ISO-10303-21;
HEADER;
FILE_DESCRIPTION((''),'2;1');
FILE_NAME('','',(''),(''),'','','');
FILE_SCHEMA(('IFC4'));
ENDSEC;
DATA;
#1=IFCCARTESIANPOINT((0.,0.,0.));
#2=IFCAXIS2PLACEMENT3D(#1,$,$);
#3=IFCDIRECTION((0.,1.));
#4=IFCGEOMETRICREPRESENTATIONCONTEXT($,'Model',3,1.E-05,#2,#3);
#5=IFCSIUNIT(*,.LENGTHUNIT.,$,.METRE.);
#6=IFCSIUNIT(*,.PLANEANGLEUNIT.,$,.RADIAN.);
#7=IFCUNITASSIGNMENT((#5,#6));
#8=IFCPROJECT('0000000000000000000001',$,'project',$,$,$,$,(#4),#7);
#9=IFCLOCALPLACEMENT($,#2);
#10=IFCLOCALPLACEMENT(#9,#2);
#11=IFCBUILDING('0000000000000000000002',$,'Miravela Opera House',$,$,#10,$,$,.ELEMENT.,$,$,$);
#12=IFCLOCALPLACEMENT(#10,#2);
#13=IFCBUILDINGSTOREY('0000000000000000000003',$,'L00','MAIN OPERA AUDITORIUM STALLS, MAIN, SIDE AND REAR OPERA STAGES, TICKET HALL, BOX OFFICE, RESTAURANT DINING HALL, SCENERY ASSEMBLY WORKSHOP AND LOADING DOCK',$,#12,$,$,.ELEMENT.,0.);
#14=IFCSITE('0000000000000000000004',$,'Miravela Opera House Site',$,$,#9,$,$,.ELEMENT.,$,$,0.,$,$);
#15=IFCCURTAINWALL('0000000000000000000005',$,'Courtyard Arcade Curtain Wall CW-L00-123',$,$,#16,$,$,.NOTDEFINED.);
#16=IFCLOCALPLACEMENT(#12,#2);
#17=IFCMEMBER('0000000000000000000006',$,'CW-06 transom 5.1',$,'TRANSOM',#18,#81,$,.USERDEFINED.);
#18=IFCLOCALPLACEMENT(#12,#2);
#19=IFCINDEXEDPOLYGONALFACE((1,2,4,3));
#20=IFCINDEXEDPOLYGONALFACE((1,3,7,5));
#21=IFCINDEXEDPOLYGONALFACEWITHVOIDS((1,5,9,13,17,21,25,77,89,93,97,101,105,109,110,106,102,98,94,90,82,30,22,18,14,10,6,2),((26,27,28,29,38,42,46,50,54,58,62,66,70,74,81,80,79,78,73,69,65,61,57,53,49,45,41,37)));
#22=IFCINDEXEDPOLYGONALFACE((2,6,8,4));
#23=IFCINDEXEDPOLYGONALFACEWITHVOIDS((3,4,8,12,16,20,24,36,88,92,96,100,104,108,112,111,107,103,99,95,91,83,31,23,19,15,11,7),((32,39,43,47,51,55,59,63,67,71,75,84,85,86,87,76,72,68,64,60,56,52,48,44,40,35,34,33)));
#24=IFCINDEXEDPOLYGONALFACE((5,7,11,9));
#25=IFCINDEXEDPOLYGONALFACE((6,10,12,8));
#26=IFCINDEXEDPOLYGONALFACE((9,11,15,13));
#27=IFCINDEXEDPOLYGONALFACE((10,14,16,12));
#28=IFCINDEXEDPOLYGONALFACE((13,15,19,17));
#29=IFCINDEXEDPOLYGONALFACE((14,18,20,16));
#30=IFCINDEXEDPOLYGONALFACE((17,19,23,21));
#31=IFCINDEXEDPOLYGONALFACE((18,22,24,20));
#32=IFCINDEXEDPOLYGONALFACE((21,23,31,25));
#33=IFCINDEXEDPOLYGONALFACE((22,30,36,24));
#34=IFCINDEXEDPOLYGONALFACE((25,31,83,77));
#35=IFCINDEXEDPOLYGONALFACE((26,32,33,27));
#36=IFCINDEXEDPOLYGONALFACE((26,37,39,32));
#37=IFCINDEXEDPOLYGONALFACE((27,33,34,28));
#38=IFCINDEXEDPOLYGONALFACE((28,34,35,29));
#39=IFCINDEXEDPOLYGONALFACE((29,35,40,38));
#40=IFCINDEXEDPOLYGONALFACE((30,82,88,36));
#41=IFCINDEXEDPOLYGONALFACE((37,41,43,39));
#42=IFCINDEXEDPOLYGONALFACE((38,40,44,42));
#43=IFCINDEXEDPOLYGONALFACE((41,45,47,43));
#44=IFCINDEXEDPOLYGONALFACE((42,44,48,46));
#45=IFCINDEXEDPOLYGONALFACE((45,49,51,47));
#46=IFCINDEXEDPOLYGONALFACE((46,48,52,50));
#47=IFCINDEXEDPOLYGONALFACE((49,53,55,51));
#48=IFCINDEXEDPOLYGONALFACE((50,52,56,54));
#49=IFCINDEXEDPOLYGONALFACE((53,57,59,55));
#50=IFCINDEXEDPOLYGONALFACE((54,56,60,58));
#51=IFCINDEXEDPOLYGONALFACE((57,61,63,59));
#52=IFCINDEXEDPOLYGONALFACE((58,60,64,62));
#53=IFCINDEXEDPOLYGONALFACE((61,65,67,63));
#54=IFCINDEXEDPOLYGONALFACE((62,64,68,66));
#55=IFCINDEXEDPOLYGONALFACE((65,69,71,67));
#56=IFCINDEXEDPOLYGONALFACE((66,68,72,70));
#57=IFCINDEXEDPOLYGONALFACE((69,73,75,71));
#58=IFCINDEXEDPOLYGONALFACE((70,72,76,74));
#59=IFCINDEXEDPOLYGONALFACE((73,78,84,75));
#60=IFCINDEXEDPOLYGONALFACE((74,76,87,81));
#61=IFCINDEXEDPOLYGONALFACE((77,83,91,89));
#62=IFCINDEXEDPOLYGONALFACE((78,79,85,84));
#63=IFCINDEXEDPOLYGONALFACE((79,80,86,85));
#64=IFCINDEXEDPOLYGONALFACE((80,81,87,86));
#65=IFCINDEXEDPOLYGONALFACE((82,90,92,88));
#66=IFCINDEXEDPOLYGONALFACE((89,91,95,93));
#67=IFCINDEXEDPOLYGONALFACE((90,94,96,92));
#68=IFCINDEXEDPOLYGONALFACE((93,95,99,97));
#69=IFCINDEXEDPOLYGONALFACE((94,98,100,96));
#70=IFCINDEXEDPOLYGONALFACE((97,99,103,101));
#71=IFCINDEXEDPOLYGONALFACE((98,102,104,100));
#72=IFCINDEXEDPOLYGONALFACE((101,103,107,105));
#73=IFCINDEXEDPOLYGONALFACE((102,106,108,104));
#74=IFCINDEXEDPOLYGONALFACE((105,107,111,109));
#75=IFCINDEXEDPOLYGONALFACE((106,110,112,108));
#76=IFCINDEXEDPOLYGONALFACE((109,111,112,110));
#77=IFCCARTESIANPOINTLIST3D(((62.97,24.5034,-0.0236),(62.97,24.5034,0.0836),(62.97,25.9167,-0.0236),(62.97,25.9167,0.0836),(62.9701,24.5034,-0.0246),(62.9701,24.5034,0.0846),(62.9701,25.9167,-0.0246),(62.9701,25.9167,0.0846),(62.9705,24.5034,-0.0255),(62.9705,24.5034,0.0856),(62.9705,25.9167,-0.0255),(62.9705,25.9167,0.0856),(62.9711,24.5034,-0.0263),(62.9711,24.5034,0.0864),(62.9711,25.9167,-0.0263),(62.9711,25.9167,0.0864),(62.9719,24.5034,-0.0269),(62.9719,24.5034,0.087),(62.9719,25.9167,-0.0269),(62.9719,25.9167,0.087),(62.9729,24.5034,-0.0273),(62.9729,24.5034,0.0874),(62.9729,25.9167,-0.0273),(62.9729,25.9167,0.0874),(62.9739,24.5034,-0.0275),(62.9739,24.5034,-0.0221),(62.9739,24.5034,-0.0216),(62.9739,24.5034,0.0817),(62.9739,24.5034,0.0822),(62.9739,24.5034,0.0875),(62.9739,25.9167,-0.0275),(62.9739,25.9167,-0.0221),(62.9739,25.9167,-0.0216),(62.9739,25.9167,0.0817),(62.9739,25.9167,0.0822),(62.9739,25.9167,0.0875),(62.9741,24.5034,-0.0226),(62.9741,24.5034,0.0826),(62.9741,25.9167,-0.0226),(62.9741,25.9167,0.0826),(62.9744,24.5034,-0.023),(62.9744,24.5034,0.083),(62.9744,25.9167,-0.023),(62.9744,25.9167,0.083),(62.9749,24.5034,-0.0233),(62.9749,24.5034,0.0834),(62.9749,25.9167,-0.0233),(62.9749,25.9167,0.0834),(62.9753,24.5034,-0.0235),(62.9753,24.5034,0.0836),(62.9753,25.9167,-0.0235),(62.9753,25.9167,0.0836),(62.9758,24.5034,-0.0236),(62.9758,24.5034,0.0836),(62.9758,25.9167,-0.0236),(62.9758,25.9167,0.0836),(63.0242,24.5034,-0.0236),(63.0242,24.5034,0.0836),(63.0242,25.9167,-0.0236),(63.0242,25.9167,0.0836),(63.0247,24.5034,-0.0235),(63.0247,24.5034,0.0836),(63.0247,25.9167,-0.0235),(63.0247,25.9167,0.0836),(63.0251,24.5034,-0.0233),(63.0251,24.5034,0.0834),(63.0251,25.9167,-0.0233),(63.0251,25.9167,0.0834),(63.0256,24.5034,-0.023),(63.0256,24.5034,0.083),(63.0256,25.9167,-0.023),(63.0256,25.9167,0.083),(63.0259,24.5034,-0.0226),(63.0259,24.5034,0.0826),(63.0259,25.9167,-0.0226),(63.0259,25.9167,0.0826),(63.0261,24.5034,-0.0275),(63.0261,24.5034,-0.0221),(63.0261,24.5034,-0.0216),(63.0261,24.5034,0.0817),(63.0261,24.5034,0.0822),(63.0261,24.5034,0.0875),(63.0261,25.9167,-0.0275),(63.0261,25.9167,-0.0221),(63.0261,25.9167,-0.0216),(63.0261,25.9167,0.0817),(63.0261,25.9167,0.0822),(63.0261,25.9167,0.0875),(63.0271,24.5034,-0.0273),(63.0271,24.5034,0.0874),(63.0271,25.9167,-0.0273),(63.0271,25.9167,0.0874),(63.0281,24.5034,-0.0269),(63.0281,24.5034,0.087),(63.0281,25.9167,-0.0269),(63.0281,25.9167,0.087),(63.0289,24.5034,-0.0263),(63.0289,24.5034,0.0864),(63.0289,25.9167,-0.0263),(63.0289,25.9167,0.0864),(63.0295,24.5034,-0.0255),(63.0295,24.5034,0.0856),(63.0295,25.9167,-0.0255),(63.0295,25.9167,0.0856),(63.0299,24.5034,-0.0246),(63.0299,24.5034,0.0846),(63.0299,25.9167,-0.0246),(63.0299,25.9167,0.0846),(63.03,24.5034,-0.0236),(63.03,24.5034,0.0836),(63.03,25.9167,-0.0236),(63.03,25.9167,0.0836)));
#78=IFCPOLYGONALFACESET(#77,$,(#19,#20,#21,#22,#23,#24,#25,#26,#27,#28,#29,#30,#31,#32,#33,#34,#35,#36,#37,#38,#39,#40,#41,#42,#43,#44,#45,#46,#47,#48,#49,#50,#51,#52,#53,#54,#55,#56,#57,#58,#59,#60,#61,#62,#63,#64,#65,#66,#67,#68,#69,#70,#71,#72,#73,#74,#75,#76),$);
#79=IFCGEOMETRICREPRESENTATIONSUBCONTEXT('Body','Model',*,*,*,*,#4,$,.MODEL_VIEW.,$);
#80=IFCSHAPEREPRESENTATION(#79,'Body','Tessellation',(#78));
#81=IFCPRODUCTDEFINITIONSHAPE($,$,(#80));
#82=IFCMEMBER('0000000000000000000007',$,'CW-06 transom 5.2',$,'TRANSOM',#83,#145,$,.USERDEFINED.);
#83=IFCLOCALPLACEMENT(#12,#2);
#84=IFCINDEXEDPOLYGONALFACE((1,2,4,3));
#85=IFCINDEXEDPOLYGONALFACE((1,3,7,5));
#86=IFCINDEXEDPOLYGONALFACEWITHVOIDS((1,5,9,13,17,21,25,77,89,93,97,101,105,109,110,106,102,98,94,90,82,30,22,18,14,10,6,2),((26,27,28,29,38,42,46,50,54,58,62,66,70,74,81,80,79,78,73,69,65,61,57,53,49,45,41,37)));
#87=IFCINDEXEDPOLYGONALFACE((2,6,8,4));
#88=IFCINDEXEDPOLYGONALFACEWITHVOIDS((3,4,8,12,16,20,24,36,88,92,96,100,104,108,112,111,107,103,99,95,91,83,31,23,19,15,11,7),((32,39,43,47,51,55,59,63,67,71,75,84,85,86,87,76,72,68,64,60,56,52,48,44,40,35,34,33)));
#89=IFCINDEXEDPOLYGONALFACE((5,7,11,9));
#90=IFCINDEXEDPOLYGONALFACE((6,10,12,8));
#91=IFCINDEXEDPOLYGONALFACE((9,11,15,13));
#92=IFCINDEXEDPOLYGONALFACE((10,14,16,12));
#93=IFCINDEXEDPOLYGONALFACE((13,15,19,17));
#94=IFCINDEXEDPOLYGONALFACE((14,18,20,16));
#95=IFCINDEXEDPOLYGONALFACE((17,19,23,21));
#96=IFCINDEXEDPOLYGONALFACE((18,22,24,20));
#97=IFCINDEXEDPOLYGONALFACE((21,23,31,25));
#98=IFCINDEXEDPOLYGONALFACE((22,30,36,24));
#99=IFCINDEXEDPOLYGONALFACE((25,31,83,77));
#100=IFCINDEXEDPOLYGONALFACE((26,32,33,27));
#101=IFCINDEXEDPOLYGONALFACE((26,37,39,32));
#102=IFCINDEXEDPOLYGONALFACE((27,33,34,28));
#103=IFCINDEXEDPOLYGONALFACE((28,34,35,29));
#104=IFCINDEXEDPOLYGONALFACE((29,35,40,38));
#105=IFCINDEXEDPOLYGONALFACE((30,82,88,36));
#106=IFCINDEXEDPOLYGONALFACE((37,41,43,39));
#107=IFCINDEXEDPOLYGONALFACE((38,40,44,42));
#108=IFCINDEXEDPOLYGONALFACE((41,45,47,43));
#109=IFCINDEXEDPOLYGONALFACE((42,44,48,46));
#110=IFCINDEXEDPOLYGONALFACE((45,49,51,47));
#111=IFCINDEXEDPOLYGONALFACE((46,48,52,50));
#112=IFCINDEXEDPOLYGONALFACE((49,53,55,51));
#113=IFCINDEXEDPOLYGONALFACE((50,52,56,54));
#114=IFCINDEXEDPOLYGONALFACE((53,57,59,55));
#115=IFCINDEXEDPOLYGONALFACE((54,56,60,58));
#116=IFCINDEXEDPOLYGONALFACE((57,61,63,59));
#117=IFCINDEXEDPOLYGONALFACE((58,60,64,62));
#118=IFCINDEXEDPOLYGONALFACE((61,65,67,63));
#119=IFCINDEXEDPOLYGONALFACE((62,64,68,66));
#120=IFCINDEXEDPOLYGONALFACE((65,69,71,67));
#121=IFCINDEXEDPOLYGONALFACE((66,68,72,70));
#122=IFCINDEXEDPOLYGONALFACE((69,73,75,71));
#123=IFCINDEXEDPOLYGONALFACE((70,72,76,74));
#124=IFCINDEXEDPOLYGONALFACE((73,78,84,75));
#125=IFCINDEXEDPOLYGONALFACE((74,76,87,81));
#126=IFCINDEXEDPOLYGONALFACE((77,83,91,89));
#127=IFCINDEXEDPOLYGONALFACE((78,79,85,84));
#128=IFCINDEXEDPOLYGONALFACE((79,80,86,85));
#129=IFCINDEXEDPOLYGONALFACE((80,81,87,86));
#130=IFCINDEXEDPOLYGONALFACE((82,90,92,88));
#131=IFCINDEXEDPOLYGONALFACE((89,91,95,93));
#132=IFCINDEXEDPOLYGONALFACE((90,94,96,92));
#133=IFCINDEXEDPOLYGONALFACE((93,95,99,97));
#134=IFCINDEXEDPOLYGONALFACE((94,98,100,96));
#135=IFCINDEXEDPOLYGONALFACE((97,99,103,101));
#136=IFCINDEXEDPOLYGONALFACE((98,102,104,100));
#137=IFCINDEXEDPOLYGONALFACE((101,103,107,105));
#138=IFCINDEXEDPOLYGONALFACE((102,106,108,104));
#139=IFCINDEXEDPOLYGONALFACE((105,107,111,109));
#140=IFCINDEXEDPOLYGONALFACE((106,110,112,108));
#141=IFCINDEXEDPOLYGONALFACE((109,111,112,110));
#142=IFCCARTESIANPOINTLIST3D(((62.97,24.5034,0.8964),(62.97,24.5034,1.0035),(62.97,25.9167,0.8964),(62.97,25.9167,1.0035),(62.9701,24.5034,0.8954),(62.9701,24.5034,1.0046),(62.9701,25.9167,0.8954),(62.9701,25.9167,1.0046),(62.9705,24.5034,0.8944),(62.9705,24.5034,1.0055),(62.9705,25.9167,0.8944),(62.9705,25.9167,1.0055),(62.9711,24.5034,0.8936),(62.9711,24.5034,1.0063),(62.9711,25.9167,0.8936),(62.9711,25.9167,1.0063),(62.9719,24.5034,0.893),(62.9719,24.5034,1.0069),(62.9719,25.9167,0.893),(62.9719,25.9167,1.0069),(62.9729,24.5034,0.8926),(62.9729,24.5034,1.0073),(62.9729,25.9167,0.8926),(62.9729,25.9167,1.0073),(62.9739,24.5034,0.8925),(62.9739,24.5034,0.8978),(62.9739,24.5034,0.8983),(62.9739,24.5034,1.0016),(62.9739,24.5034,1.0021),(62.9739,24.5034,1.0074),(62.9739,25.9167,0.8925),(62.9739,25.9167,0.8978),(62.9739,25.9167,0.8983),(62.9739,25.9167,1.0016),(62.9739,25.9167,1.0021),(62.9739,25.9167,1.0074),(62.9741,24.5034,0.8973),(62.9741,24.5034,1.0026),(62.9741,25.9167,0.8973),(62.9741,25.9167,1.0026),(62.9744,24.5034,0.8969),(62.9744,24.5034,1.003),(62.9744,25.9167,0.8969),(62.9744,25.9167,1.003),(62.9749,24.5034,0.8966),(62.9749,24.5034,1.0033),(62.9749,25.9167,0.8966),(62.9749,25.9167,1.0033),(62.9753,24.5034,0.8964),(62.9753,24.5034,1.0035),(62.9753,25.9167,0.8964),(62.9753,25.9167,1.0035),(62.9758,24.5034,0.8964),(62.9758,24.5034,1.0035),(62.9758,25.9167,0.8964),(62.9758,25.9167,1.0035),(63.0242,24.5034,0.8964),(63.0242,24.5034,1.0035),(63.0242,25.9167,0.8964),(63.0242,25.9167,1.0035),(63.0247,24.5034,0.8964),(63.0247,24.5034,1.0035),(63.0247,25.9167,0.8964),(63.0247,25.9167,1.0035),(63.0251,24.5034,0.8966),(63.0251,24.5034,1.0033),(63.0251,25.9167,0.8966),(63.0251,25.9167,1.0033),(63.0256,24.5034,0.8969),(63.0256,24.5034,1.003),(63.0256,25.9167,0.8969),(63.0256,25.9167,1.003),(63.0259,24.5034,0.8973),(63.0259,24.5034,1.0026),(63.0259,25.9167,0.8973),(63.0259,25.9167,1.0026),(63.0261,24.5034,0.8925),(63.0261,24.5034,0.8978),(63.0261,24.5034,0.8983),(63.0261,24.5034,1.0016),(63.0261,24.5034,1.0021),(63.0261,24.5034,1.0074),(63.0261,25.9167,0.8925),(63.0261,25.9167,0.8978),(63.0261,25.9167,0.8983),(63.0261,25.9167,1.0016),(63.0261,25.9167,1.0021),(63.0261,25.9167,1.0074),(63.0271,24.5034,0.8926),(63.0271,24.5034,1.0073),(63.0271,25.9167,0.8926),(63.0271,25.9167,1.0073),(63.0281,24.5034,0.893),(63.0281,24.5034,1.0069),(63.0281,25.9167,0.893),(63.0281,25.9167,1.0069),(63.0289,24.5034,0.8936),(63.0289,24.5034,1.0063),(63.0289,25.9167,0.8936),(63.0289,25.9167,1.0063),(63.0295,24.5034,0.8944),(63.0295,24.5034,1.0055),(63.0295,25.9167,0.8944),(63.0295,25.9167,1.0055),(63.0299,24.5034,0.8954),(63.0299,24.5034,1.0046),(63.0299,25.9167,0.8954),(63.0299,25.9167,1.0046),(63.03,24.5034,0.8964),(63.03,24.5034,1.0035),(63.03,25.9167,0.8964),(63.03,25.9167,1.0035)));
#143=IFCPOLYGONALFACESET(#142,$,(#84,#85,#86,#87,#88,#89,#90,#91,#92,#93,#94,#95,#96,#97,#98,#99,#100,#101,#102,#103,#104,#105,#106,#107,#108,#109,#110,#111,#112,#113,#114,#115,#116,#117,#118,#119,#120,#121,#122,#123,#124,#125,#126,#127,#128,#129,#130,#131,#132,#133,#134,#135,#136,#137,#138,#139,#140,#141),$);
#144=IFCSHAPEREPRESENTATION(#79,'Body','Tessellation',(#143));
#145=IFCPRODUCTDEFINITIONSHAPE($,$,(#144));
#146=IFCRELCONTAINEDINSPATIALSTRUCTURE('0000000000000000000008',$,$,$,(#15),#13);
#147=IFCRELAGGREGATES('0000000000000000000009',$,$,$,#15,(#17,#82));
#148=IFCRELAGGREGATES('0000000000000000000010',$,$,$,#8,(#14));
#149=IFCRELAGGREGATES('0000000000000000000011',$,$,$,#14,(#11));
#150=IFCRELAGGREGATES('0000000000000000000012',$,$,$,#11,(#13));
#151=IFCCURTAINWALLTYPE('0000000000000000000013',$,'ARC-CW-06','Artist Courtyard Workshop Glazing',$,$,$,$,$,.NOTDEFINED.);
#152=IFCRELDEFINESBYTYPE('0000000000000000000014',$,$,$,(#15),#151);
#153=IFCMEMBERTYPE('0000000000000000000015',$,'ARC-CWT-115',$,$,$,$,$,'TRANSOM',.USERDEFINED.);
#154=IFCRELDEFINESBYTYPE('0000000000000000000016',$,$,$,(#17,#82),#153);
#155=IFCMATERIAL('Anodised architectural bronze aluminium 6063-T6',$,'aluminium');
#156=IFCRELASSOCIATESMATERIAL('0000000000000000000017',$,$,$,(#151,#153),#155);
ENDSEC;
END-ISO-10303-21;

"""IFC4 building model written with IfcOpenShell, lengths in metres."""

from ifc_helpers import new_model, si_unit, direction, frame, origin, origin_2d, place, context, subcontext, project, spatial, hollow_rectangle, extrude, material, material_profile, profile_set, type_object, element, aggregate, save


model = new_model("IFC4")

# Units and contexts
model_context = context("Model", 3, precision=1e-05, world=origin(), true_north=direction((0.0, 1.0)))
body_context = subcontext(model_context, "Body", "Model", "MODEL_VIEW")
ifc_project = project(units=[si_unit("LENGTHUNIT", "METRE"), si_unit("PLANEANGLEUNIT", "RADIAN")], contexts=[model_context])

# Site, building, storey
site_placement = place(None, origin())
site = spatial("IfcSite", under=ifc_project, at=site_placement, Name="Miravela Opera House Site", CompositionType="ELEMENT", RefElevation=0.0)
building_placement = place(site_placement, origin())
building = spatial("IfcBuilding", under=site, at=building_placement, Name="Miravela Opera House", CompositionType="ELEMENT")
storey_placement = place(building_placement, origin())
storey = spatial("IfcBuildingStorey", under=building, at=storey_placement, Name="L00", Description="MAIN OPERA AUDITORIUM STALLS, MAIN, SIDE AND REAR OPERA STAGES, TICKET HALL, BOX OFFICE, RESTAURANT DINING HALL, SCENERY ASSEMBLY WORKSHOP AND LOADING DOCK", CompositionType="ELEMENT", Elevation=0.0)

# Curtain wall, members
ifc_material_1 = material(Name="Anodised architectural bronze aluminium 6063-T6", Category="aluminium")
curtain_wall_type = type_object("IfcCurtainWallType", Name="ARC-CW-06", Description="Artist Courtyard Workshop Glazing", PredefinedType="NOTDEFINED", material=ifc_material_1)
curtain_wall_placement = place(storey_placement, origin())
curtain_wall = element("IfcCurtainWall", 1, at=curtain_wall_placement, inside=storey, type_object=curtain_wall_type, Name="Courtyard Arcade Curtain Wall CW-L00-123", PredefinedType="NOTDEFINED")
ifc_material_profile_1 = material_profile(ifc_material_1, hollow_rectangle(XDim=0.0601, YDim=0.115, WallThickness=0.0039, InnerFilletRadius=0.002, OuterFilletRadius=0.0039, at=origin_2d()), Name="CWT-60X115")
ifc_profile_set_1 = profile_set([ifc_material_profile_1])
member_type_1 = type_object("IfcMemberType", Name="ARC-CWT-115", ElementType="TRANSOM", PredefinedType="USERDEFINED", material=ifc_profile_set_1)
member_1_placement = place(storey_placement, frame((63.0, 24.5034, 0.03), z_axis=(0.0, 1.0, 0.0), x_axis=(-1.0, 0.0, 0.0)))
member_1 = element("IfcMember", 2, at=member_1_placement, type_object=member_type_1, Name="CW-06 transom 5.1", ObjectType="TRANSOM", PredefinedType="USERDEFINED", context=body_context, shape_type="SweptSolid", body=[
    extrude(hollow_rectangle(XDim=0.0601, YDim=0.115, WallThickness=0.0039, InnerFilletRadius=0.002, OuterFilletRadius=0.0039, at=origin_2d()), origin(), (0.0, 0.0, 1.0), 1.4133),
])
member_2_placement = place(storey_placement, frame((63.0, 24.5034, 0.95), z_axis=(0.0, 1.0, 0.0), x_axis=(-1.0, 0.0, 0.0)))
member_2 = element("IfcMember", 3, at=member_2_placement, type_object=member_type_1, Name="CW-06 transom 5.2", ObjectType="TRANSOM", PredefinedType="USERDEFINED", context=body_context, shape_type="SweptSolid", body=[
    extrude(hollow_rectangle(XDim=0.0601, YDim=0.115, WallThickness=0.0039, InnerFilletRadius=0.002, OuterFilletRadius=0.0039, at=origin_2d()), origin(), (0.0, 0.0, 1.0), 1.4133),
])

aggregate(curtain_wall, [member_1, member_2])

save(model, "model.ifc")
